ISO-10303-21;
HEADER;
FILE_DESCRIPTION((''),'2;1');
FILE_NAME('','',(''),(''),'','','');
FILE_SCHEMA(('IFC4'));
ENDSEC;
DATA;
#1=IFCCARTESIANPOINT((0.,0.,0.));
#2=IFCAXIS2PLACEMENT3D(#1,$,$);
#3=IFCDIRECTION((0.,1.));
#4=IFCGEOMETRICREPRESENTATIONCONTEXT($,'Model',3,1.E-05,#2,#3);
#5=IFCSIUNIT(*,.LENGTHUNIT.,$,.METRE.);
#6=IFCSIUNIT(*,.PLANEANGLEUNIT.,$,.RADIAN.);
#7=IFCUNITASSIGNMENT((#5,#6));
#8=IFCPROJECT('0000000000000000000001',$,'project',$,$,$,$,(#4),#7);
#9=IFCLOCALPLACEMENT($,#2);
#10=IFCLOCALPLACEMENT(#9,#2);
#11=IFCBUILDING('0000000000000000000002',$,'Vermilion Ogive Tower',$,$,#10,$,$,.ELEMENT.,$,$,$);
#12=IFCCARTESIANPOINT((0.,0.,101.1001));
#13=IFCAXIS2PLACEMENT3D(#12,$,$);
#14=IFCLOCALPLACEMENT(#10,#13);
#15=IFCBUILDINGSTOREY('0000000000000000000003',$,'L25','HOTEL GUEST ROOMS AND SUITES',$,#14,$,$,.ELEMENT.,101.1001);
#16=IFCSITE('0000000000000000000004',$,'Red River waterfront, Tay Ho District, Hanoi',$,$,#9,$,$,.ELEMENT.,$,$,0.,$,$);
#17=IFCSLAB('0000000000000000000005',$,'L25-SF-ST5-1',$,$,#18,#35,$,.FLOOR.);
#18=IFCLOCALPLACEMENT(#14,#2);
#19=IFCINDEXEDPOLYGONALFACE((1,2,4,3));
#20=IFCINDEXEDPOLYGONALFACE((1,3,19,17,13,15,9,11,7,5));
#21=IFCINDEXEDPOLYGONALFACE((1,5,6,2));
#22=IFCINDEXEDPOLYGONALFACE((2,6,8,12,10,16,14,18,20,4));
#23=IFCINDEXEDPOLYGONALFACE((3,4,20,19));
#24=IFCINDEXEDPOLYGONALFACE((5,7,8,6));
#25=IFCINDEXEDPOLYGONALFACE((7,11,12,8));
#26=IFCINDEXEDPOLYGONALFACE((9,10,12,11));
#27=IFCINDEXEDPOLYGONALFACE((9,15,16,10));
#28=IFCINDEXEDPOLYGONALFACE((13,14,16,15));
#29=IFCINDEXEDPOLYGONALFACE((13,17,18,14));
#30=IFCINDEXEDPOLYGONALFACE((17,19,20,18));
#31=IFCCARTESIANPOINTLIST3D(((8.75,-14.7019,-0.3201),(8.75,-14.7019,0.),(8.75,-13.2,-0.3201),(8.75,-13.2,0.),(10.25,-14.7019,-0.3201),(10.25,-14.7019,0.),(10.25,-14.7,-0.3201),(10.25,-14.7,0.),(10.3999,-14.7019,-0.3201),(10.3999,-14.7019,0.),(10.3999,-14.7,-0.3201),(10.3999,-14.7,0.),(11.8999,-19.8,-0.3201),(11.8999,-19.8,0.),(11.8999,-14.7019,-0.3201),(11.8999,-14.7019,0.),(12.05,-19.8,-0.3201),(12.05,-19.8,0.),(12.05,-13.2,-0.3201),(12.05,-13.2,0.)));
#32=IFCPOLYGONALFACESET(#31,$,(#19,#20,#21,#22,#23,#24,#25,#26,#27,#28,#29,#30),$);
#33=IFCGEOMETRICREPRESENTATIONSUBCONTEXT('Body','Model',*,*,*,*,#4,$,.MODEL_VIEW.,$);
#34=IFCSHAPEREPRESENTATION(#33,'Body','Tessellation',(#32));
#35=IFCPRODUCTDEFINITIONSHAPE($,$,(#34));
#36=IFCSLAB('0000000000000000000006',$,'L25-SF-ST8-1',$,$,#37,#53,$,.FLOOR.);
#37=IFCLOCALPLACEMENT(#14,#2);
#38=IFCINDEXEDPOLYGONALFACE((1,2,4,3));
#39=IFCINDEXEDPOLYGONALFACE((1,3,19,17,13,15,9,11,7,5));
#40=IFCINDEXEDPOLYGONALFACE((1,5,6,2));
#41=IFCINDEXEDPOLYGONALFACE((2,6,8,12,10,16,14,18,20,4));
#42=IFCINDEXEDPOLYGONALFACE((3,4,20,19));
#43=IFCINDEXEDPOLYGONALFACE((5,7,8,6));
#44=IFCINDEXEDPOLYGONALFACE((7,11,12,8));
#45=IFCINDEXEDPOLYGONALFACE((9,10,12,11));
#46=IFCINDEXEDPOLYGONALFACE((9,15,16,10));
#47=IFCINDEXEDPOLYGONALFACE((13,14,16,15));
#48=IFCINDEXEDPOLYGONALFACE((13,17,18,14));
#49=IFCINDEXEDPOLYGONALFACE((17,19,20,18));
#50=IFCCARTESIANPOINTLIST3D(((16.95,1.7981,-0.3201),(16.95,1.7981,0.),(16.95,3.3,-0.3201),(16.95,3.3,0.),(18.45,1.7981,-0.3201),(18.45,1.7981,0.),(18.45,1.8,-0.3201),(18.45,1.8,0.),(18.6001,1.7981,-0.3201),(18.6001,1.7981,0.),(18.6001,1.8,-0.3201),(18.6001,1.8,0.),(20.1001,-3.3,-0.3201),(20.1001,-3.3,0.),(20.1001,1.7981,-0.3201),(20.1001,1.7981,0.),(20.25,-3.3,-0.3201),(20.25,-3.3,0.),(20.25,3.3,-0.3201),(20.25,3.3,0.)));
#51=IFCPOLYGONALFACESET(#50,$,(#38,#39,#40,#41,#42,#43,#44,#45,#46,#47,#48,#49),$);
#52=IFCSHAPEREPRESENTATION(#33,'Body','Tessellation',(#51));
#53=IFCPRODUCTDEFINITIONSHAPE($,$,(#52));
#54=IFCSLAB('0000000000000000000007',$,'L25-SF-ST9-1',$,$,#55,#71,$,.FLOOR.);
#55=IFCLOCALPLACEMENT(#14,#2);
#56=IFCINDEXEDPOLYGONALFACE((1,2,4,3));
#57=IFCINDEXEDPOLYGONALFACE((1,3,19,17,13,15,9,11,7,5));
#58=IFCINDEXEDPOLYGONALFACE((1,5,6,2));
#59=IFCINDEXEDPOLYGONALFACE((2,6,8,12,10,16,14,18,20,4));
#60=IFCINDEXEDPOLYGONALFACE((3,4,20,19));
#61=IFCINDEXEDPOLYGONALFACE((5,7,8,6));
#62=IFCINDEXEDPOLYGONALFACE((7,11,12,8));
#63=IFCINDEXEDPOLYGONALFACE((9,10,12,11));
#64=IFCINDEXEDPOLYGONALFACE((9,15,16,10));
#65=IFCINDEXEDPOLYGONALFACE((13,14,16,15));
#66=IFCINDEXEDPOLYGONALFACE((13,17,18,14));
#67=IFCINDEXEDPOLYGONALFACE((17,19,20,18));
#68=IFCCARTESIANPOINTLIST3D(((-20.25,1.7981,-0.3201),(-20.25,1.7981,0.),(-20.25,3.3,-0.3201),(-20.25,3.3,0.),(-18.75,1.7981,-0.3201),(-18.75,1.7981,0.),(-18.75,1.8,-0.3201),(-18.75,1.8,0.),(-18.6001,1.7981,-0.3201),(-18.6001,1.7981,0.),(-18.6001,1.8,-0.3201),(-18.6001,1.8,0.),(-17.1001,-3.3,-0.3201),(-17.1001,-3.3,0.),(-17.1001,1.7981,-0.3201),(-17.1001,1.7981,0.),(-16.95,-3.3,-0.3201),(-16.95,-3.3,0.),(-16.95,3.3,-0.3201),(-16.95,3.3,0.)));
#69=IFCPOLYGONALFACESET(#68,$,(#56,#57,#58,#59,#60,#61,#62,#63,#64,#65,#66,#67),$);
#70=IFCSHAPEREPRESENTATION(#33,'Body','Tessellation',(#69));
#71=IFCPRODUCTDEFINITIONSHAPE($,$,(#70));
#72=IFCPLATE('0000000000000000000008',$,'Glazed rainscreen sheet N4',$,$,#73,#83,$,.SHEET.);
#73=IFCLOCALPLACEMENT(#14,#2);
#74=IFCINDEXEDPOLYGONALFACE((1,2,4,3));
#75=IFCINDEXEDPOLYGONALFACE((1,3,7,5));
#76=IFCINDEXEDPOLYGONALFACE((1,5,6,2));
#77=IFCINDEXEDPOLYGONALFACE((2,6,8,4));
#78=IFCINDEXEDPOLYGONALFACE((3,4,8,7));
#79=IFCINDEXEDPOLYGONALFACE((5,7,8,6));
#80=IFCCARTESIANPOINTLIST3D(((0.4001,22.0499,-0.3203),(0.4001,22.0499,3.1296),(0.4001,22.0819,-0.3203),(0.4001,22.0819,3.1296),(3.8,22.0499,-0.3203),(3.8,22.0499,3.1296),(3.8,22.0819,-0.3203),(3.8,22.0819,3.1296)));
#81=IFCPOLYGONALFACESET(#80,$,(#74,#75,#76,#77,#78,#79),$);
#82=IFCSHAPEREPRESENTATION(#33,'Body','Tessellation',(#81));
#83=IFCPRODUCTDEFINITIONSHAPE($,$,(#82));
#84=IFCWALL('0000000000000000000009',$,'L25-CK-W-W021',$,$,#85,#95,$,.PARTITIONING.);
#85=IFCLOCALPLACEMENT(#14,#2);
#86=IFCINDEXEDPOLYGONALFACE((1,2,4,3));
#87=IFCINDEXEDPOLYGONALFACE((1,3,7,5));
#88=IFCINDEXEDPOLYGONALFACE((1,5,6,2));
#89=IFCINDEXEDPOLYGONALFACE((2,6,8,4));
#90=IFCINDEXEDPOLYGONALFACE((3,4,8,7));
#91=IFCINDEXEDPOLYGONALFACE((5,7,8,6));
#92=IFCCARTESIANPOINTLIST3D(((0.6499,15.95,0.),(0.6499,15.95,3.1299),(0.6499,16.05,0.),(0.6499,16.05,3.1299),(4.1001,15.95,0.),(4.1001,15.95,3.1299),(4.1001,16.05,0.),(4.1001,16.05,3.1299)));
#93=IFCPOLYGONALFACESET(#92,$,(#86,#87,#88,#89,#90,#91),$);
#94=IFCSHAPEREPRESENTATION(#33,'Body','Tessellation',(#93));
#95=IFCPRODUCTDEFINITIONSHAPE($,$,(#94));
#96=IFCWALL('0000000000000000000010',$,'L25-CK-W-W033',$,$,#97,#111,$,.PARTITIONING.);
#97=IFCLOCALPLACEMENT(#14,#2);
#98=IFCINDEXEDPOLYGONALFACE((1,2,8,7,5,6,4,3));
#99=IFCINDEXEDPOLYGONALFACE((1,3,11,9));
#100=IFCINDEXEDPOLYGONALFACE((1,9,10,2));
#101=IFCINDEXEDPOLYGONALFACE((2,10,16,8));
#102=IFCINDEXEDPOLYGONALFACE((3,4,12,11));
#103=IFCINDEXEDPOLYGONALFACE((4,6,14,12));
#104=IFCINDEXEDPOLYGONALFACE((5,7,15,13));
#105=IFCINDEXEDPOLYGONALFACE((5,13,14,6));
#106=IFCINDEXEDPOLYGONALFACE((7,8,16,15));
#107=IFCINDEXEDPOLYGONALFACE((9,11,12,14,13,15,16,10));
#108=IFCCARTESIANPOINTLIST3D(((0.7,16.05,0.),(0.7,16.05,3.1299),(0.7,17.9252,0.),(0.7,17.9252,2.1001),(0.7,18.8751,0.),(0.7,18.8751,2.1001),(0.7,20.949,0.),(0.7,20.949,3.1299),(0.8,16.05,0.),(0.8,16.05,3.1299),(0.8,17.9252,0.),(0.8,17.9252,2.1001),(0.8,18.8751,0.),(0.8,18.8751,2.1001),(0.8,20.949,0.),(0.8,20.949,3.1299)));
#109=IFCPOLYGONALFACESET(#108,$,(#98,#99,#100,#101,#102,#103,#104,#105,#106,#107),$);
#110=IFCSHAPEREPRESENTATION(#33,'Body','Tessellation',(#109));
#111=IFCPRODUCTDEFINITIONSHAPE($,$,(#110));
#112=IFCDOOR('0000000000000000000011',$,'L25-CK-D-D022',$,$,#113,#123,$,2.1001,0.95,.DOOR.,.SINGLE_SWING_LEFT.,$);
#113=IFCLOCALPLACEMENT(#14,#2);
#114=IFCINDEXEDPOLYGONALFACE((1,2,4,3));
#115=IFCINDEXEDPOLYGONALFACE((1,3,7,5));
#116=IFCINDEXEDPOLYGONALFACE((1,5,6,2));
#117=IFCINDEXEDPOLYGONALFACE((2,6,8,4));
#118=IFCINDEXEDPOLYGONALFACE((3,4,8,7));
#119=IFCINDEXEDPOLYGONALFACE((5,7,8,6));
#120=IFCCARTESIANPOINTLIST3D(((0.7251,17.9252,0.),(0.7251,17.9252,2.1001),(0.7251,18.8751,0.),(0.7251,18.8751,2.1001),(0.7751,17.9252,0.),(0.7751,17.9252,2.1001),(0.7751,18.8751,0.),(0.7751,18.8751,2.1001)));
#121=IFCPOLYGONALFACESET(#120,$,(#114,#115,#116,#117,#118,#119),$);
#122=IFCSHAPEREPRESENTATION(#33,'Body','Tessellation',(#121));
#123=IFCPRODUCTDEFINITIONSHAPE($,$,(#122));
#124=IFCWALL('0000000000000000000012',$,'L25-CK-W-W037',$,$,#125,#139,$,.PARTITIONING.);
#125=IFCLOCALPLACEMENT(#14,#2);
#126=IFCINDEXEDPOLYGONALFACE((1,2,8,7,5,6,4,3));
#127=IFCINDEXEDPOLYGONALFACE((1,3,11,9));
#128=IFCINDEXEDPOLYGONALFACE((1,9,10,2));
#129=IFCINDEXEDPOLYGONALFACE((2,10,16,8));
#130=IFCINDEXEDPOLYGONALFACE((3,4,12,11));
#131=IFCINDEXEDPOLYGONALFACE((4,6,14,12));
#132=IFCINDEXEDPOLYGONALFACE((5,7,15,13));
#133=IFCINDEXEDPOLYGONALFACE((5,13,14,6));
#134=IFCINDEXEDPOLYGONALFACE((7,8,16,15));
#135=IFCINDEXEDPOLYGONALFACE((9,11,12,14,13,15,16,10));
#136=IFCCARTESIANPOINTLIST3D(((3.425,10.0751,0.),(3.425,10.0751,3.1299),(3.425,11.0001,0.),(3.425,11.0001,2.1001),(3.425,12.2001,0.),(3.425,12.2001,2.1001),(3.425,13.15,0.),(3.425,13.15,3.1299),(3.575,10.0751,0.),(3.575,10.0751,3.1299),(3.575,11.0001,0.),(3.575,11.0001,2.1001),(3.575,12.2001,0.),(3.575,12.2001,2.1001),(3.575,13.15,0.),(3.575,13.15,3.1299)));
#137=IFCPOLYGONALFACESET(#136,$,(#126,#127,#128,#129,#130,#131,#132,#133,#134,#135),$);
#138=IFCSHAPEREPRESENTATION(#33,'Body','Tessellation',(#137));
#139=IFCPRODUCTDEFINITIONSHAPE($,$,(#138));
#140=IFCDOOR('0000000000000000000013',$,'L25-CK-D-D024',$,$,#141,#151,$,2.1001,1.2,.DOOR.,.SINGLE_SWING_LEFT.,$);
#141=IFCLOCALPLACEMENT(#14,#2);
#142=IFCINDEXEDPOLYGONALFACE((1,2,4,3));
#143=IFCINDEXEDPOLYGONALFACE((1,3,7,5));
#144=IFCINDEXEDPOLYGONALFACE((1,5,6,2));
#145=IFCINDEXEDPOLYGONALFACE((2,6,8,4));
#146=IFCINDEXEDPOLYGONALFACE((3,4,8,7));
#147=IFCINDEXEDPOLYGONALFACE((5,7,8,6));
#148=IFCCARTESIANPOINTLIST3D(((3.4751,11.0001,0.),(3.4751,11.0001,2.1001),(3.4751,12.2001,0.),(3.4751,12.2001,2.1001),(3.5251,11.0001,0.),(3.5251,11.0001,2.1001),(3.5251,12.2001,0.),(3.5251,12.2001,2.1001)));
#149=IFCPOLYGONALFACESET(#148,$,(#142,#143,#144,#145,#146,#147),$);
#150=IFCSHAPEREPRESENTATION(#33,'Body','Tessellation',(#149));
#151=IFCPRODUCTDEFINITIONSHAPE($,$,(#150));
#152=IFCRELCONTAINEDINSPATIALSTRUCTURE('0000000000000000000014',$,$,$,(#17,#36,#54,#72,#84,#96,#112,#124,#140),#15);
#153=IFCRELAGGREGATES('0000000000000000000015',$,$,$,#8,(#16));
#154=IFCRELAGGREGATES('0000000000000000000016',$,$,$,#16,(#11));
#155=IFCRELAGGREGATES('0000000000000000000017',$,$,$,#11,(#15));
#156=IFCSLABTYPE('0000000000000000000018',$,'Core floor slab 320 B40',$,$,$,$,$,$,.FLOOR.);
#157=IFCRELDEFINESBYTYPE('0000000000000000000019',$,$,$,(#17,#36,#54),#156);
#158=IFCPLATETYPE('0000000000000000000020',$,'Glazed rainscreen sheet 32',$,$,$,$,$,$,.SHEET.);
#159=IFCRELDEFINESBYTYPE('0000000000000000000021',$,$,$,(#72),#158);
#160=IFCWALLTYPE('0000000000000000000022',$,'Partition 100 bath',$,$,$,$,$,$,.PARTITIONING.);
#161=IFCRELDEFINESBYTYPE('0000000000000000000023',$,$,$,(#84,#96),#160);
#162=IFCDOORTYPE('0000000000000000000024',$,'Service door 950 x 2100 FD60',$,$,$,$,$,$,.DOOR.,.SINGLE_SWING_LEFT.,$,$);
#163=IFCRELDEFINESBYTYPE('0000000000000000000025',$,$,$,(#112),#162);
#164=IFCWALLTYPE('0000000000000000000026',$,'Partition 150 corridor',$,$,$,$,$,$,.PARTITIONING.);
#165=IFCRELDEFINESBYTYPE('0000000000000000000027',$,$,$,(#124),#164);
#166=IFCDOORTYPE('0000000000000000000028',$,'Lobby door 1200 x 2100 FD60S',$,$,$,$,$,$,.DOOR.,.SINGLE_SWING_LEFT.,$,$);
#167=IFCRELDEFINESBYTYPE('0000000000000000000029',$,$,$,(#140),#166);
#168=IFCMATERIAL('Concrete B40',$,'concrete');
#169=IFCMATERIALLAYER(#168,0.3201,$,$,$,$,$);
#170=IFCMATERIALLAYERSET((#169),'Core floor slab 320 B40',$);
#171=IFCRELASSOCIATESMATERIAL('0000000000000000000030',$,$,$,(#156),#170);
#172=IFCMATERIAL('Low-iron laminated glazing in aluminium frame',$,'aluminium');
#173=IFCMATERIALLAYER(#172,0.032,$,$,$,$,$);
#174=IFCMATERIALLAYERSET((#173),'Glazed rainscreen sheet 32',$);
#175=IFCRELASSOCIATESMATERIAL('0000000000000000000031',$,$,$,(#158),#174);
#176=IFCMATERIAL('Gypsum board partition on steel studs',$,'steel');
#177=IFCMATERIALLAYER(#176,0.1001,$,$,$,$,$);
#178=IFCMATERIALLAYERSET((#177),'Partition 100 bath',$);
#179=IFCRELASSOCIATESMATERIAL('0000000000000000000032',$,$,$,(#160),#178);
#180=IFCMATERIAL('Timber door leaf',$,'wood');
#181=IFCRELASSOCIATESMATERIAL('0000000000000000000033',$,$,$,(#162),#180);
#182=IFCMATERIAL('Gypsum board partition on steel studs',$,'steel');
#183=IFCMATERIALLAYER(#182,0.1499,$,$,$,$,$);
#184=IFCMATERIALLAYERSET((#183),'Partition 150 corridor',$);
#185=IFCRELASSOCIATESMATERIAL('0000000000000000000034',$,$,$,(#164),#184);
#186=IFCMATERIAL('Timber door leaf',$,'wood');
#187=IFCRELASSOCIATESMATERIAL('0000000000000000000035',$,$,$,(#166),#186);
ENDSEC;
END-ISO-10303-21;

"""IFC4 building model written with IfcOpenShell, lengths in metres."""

from ifc_helpers import new_model, si_unit, direction, frame, frame_2d, origin, origin_2d, place, context, subcontext, project, spatial, polyline, rectangle, outline, extrude, material, layer, layer_set, type_object, element, fill, save


model = new_model("IFC4")

# Units and contexts
model_context = context("Model", 3, precision=1e-05, world=origin(), true_north=direction((0.0, 1.0)))
body_context = subcontext(model_context, "Body", "Model", "MODEL_VIEW")
ifc_project = project(units=[si_unit("LENGTHUNIT", "METRE"), si_unit("PLANEANGLEUNIT", "RADIAN")], contexts=[model_context])

# Site, building, storey
site_placement = place(None, origin())
site = spatial("IfcSite", under=ifc_project, at=site_placement, Name="Red River waterfront, Tay Ho District, Hanoi", CompositionType="ELEMENT", RefElevation=0.0)
building_placement = place(site_placement, origin())
building = spatial("IfcBuilding", under=site, at=building_placement, Name="Vermilion Ogive Tower", CompositionType="ELEMENT")
storey_placement = place(building_placement, frame((0.0, 0.0, 101.1001)))
storey = spatial("IfcBuildingStorey", under=building, at=storey_placement, Name="L25", Description="HOTEL GUEST ROOMS AND SUITES", CompositionType="ELEMENT", Elevation=101.1001)

# Slabs
ifc_material_1 = material(Name="Concrete B40", Category="concrete")
ifc_layer_1 = layer(ifc_material_1, 0.3201)
ifc_layer_set_1 = layer_set([ifc_layer_1], Name="Core floor slab 320 B40")
slab_type = type_object("IfcSlabType", Name="Core floor slab 320 B40", PredefinedType="FLOOR", material=ifc_layer_set_1)
slab_1_placement = place(storey_placement, frame((0.0, 0.0, -0.3201)))
element("IfcSlab", 1, at=slab_1_placement, inside=storey, type_object=slab_type, Name="L25-SF-ST5-1", PredefinedType="FLOOR", context=body_context, shape_type="SweptSolid", body=[
    extrude(outline(polyline([(8.75, -13.2), (8.75, -14.7019), (10.25, -14.7019), (10.25, -14.7), (10.3999, -14.7), (10.3999, -14.7019), (11.8999, -14.7019), (11.8999, -19.8), (12.05, -19.8), (12.05, -13.2), (8.75, -13.2)])), origin(), (0.0, 0.0, 1.0), 0.3201),
])
slab_2_placement = place(storey_placement, frame((0.0, 0.0, -0.3201)))
element("IfcSlab", 2, at=slab_2_placement, inside=storey, type_object=slab_type, Name="L25-SF-ST8-1", PredefinedType="FLOOR", context=body_context, shape_type="SweptSolid", body=[
    extrude(outline(polyline([(16.95, 3.3), (16.95, 1.7981), (18.45, 1.7981), (18.45, 1.8), (18.6001, 1.8), (18.6001, 1.7981), (20.1001, 1.7981), (20.1001, -3.3), (20.25, -3.3), (20.25, 3.3), (16.95, 3.3)])), origin(), (0.0, 0.0, 1.0), 0.3201),
])
slab_3_placement = place(storey_placement, frame((0.0, 0.0, -0.3201)))
element("IfcSlab", 3, at=slab_3_placement, inside=storey, type_object=slab_type, Name="L25-SF-ST9-1", PredefinedType="FLOOR", context=body_context, shape_type="SweptSolid", body=[
    extrude(outline(polyline([(-20.25, 3.3), (-20.25, 1.7981), (-18.75, 1.7981), (-18.75, 1.8), (-18.6001, 1.8), (-18.6001, 1.7981), (-17.1001, 1.7981), (-17.1001, -3.3), (-16.95, -3.3), (-16.95, 3.3), (-20.25, 3.3)])), origin(), (0.0, 0.0, 1.0), 0.3201),
])

# Plate
ifc_material_2 = material(Name="Low-iron laminated glazing in aluminium frame", Category="aluminium")
ifc_layer_2 = layer(ifc_material_2, 0.032)
ifc_layer_set_2 = layer_set([ifc_layer_2], Name="Glazed rainscreen sheet 32")
plate_type = type_object("IfcPlateType", Name="Glazed rainscreen sheet 32", PredefinedType="SHEET", material=ifc_layer_set_2)
plate_placement = place(storey_placement, frame((2.1001, 22.0659, -0.3203), z_axis=(0.0, 0.0, 1.0), x_axis=(1.0, 0.0, 0.0)))
element("IfcPlate", 4, at=plate_placement, inside=storey, type_object=plate_type, Name="Glazed rainscreen sheet N4", PredefinedType="SHEET", context=body_context, shape_type="SweptSolid", body=[
    extrude(rectangle(XDim=3.3999, YDim=0.032, at=origin_2d()), origin(), (0.0, 0.0, 1.0), 3.45),
])

# Wall
ifc_material_3 = material(Name="Gypsum board partition on steel studs", Category="steel")
ifc_layer_3 = layer(ifc_material_3, 0.1001)
ifc_layer_set_3 = layer_set([ifc_layer_3], Name="Partition 100 bath")
wall_type_1 = type_object("IfcWallType", Name="Partition 100 bath", PredefinedType="PARTITIONING", material=ifc_layer_set_3)
wall_1_placement = place(storey_placement, frame((0.6499, 16.0, 0.0), z_axis=(0.0, 0.0, 1.0), x_axis=(1.0, 0.0, 0.0)))
element("IfcWall", 5, at=wall_1_placement, inside=storey, type_object=wall_type_1, Name="L25-CK-W-W021", PredefinedType="PARTITIONING", context=body_context, shape_type="SweptSolid", body=[
    extrude(rectangle(XDim=3.4502, YDim=0.1001, at=frame_2d((1.7251, 0.0))), origin(), (0.0, 0.0, 1.0), 3.1299),
])

# Walls, openings, doors
wall_2_placement = place(storey_placement, frame((0.75, 16.05, 0.0), z_axis=(0.0, 0.0, 1.0), x_axis=(0.0, 1.0, 0.0)))
wall_2 = element("IfcWall", 6, at=wall_2_placement, inside=storey, type_object=wall_type_1, Name="L25-CK-W-W033", PredefinedType="PARTITIONING", context=body_context, shape_type="SweptSolid", body=[
    extrude(rectangle(XDim=4.8989, YDim=0.1001, at=frame_2d((2.4495, 0.0))), origin(), (0.0, 0.0, 1.0), 3.1299),
])
opening_1_placement = place(wall_2_placement, frame((1.875, 0.0, 0.0)))
opening_1 = element("IfcOpeningElement", 7, at=opening_1_placement, cuts=wall_2, PredefinedType="OPENING", context=body_context, shape_type="SweptSolid", body=[
    extrude(rectangle(XDim=0.95, YDim=2.1001, at=frame_2d((0.4751, 1.05))), frame((0.0, 0.0601, 0.0), z_axis=(0.0, -1.0, 0.0), x_axis=(1.0, 0.0, 0.0)), (0.0, 0.0, 1.0), 0.1201),
])
ifc_material_4 = material(Name="Timber door leaf", Category="wood")
door_type_1 = type_object("IfcDoorType", Name="Service door 950 x 2100 FD60", OperationType="SINGLE_SWING_LEFT", PredefinedType="DOOR", material=ifc_material_4)
door_1_placement = place(opening_1_placement, origin())
door_1 = element("IfcDoor", 8, at=door_1_placement, inside=storey, type_object=door_type_1, Name="L25-CK-D-D022", OperationType="SINGLE_SWING_LEFT", OverallHeight=2.1001, OverallWidth=0.95, PredefinedType="DOOR", context=body_context, shape_type="SweptSolid", body=[
    extrude(rectangle(XDim=0.95, YDim=2.1001, at=frame_2d((0.4751, 1.05))), frame((0.0, 0.0249, 0.0), z_axis=(0.0, -1.0, 0.0), x_axis=(1.0, 0.0, 0.0)), (0.0, 0.0, 1.0), 0.05),
])
fill(opening_1, door_1)
ifc_material_5 = material(Name="Gypsum board partition on steel studs", Category="steel")
ifc_layer_4 = layer(ifc_material_5, 0.1499)
ifc_layer_set_4 = layer_set([ifc_layer_4], Name="Partition 150 corridor")
wall_type_2 = type_object("IfcWallType", Name="Partition 150 corridor", PredefinedType="PARTITIONING", material=ifc_layer_set_4)
wall_3_placement = place(storey_placement, frame((3.5, 10.075, 0.0), z_axis=(0.0, 0.0, 1.0), x_axis=(0.0, 1.0, 0.0)))
wall_3 = element("IfcWall", 9, at=wall_3_placement, inside=storey, type_object=wall_type_2, Name="L25-CK-W-W037", PredefinedType="PARTITIONING", context=body_context, shape_type="SweptSolid", body=[
    extrude(rectangle(XDim=3.075, YDim=0.1499, at=frame_2d((1.5376, 0.0))), origin(), (0.0, 0.0, 1.0), 3.1299),
])
opening_2_placement = place(wall_3_placement, frame((0.925, 0.0, 0.0)))
opening_2 = element("IfcOpeningElement", 10, at=opening_2_placement, cuts=wall_3, PredefinedType="OPENING", context=body_context, shape_type="SweptSolid", body=[
    extrude(rectangle(XDim=1.2, YDim=2.1001, at=frame_2d((0.6001, 1.05))), frame((0.0, 0.085, 0.0), z_axis=(0.0, -1.0, 0.0), x_axis=(1.0, 0.0, 0.0)), (0.0, 0.0, 1.0), 0.1699),
])
ifc_material_6 = material(Name="Timber door leaf", Category="wood")
door_type_2 = type_object("IfcDoorType", Name="Lobby door 1200 x 2100 FD60S", OperationType="SINGLE_SWING_LEFT", PredefinedType="DOOR", material=ifc_material_6)
door_2_placement = place(opening_2_placement, origin())
door_2 = element("IfcDoor", 11, at=door_2_placement, inside=storey, type_object=door_type_2, Name="L25-CK-D-D024", OperationType="SINGLE_SWING_LEFT", OverallHeight=2.1001, OverallWidth=1.2, PredefinedType="DOOR", context=body_context, shape_type="SweptSolid", body=[
    extrude(rectangle(XDim=1.2, YDim=2.1001, at=frame_2d((0.6001, 1.05))), frame((0.0, 0.0249, 0.0), z_axis=(0.0, -1.0, 0.0), x_axis=(1.0, 0.0, 0.0)), (0.0, 0.0, 1.0), 0.05),
])
fill(opening_2, door_2)

save(model, "model.ifc")
